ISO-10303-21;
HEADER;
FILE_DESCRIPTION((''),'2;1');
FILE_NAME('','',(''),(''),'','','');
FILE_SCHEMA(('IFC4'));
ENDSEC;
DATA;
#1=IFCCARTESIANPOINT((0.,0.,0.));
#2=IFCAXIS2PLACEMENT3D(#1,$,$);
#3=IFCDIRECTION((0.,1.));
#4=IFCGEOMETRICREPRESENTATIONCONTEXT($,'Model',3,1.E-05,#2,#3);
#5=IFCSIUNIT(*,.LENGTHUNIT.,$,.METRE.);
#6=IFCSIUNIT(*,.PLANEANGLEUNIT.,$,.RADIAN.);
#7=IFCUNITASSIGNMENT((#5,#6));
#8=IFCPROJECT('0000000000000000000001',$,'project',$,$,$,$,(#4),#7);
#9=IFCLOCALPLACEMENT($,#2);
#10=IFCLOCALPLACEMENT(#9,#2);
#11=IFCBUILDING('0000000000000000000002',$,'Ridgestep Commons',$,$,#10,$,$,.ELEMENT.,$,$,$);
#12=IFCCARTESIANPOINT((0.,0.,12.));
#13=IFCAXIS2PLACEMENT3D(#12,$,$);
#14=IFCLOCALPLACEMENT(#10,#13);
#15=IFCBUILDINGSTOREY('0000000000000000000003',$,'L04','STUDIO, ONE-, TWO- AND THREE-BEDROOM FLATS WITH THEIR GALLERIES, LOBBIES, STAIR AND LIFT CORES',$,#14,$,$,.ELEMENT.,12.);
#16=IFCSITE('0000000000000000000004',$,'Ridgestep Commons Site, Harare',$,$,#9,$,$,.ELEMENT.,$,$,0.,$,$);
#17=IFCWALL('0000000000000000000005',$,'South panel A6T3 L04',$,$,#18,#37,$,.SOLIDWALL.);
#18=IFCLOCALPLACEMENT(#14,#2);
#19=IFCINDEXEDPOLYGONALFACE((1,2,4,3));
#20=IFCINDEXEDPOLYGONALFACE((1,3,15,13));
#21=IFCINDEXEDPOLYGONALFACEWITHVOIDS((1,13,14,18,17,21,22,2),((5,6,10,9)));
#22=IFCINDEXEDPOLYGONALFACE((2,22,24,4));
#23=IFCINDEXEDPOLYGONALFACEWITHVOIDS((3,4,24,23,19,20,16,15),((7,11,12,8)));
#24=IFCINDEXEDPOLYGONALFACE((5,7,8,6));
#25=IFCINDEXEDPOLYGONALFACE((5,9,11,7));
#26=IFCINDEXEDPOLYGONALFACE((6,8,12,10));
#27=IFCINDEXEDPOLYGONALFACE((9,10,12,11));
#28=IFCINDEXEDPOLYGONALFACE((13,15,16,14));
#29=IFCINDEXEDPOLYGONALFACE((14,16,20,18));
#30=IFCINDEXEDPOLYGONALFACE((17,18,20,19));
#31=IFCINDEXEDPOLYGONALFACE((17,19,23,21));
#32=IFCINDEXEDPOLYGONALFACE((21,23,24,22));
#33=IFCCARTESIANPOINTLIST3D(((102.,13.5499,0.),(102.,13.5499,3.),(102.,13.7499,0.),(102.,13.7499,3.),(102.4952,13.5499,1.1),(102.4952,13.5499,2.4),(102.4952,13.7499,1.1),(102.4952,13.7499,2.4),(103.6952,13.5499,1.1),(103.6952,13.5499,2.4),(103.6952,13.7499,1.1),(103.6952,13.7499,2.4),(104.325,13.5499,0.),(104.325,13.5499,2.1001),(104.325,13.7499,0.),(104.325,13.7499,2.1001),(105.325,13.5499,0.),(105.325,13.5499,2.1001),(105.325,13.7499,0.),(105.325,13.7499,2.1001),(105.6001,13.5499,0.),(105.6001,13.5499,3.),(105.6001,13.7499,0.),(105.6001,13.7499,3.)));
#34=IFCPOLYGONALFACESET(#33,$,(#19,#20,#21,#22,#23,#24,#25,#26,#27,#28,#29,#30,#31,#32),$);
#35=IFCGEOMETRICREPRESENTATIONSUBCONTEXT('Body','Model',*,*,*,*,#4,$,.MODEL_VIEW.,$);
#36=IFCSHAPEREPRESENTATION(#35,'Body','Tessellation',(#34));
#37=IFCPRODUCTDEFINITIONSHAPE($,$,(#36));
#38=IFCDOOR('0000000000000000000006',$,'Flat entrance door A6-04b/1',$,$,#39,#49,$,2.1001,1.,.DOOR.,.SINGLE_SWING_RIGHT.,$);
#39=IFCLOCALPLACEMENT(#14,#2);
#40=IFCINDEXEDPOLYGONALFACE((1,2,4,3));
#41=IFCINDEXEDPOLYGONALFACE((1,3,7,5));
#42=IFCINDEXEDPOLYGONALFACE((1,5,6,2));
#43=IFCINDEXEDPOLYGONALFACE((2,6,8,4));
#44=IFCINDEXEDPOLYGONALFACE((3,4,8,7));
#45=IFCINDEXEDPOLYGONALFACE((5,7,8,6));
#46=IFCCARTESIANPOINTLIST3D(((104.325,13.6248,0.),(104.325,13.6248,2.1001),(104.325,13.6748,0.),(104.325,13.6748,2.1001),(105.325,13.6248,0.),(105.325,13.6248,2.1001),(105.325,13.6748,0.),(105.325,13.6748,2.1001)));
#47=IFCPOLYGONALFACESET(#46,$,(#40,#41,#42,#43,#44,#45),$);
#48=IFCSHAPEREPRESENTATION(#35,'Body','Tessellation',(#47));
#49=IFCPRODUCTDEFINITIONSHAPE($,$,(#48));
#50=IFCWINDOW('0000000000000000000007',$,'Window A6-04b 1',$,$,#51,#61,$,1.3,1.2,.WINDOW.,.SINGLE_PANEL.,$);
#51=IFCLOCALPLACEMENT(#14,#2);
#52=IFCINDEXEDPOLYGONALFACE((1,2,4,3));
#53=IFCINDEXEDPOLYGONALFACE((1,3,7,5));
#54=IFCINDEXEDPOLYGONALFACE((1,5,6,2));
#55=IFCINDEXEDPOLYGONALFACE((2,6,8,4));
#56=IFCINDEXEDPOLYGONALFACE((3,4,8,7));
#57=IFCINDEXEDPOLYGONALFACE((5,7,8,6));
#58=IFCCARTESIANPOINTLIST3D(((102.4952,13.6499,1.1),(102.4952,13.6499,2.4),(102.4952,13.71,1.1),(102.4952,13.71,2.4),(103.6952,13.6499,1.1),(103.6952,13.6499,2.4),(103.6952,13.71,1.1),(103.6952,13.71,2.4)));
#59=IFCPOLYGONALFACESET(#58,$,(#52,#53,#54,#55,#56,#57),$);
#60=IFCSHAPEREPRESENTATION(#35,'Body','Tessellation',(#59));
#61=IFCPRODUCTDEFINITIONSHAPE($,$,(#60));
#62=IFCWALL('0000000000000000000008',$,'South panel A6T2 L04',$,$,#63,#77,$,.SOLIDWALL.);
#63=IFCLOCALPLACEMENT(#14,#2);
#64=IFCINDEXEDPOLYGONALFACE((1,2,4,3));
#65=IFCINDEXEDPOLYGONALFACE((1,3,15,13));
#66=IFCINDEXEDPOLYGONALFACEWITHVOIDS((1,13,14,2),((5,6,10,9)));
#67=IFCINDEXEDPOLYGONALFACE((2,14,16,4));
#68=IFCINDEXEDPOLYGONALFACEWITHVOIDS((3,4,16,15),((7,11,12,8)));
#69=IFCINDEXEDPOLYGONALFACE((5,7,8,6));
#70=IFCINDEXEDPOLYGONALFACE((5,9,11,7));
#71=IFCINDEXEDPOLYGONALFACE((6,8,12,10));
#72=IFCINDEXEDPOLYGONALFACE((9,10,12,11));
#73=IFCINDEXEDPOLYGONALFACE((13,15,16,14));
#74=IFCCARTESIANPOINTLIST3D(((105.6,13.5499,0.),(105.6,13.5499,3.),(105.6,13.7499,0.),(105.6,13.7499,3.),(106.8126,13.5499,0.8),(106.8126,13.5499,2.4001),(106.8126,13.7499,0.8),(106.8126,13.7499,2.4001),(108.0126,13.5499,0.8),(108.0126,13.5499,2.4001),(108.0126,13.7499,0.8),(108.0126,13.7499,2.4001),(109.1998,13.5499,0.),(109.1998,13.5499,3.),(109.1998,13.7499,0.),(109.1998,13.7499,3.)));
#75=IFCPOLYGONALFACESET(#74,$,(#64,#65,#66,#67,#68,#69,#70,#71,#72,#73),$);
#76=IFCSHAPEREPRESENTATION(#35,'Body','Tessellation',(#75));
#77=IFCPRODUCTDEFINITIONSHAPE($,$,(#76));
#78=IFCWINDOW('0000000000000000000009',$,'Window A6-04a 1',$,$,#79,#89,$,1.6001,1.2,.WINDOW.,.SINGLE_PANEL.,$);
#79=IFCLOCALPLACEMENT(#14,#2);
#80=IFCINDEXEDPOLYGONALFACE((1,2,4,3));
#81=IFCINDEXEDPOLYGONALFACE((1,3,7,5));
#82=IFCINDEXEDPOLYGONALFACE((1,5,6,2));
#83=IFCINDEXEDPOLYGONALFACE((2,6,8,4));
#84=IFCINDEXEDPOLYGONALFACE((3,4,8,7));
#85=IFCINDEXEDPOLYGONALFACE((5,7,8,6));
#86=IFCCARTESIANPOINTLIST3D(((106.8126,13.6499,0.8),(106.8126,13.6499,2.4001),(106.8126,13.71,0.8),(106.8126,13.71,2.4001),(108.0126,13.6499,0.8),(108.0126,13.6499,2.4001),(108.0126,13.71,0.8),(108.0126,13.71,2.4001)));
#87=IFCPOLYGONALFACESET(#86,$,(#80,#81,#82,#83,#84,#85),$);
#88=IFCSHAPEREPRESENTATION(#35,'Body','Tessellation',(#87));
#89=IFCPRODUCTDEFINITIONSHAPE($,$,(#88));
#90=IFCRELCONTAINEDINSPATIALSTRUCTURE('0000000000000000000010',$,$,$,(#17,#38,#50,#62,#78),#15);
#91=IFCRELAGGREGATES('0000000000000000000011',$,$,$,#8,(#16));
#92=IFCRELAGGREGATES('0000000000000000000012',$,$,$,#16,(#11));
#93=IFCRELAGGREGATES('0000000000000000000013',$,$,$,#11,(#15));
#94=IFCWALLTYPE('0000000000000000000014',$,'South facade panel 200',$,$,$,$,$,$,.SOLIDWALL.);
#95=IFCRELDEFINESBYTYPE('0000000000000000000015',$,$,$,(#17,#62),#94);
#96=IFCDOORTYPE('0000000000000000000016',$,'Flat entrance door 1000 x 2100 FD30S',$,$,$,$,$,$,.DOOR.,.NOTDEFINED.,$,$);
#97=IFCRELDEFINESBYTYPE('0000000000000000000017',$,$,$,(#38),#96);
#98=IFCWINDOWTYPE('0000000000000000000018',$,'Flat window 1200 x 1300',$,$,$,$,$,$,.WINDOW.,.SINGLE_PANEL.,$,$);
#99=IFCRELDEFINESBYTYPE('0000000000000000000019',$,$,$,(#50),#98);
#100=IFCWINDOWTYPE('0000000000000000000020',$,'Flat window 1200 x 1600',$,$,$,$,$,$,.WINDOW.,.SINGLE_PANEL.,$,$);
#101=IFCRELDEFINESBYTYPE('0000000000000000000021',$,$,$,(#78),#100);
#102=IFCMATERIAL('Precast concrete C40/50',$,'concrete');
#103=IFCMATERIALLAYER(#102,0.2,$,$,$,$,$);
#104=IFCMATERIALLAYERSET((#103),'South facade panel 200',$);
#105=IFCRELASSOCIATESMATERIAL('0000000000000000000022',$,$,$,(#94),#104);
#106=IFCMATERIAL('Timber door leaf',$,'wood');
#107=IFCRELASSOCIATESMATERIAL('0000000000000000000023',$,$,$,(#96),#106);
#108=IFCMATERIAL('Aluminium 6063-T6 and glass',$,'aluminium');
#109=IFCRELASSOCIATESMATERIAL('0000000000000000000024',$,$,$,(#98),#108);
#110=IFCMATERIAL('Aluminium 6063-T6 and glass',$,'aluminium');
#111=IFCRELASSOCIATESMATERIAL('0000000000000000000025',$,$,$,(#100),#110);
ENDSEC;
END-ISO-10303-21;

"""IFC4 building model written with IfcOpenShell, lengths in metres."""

from ifc_helpers import new_model, si_unit, direction, frame, frame_2d, origin, place, context, subcontext, project, spatial, rectangle, extrude, material, layer, layer_set, type_object, element, fill, save


model = new_model("IFC4")

# Units and contexts
model_context = context("Model", 3, precision=1e-05, world=origin(), true_north=direction((0.0, 1.0)))
body_context = subcontext(model_context, "Body", "Model", "MODEL_VIEW")
ifc_project = project(units=[si_unit("LENGTHUNIT", "METRE"), si_unit("PLANEANGLEUNIT", "RADIAN")], contexts=[model_context])

# Site, building, storey
site_placement = place(None, origin())
site = spatial("IfcSite", under=ifc_project, at=site_placement, Name="Ridgestep Commons Site, Harare", CompositionType="ELEMENT", RefElevation=0.0)
building_placement = place(site_placement, origin())
building = spatial("IfcBuilding", under=site, at=building_placement, Name="Ridgestep Commons", CompositionType="ELEMENT")
storey_placement = place(building_placement, frame((0.0, 0.0, 12.0)))
storey = spatial("IfcBuildingStorey", under=building, at=storey_placement, Name="L04", Description="STUDIO, ONE-, TWO- AND THREE-BEDROOM FLATS WITH THEIR GALLERIES, LOBBIES, STAIR AND LIFT CORES", CompositionType="ELEMENT", Elevation=12.0)

# Wall, openings, door, window
ifc_material_1 = material(Name="Precast concrete C40/50", Category="concrete")
ifc_layer_1 = layer(ifc_material_1, 0.2)
ifc_layer_set_1 = layer_set([ifc_layer_1], Name="South facade panel 200")
wall_type_1 = type_object("IfcWallType", Name="South facade panel 200", PredefinedType="SOLIDWALL", material=ifc_layer_set_1)
wall_1_placement = place(storey_placement, frame((102.0, 13.6499, 0.0), z_axis=(0.0, 0.0, 1.0), x_axis=(1.0, 0.0, 0.0)))
wall_1 = element("IfcWall", 1, at=wall_1_placement, inside=storey, type_object=wall_type_1, Name="South panel A6T3 L04", PredefinedType="SOLIDWALL", context=body_context, shape_type="SweptSolid", body=[
    extrude(rectangle(XDim=3.6001, YDim=0.2, at=frame_2d((1.8, 0.0))), origin(), (0.0, 0.0, 1.0), 3.0),
])
opening_1_placement = place(wall_1_placement, frame((0.4951, 0.0, 1.1001)))
opening_1 = element("IfcOpeningElement", 2, at=opening_1_placement, cuts=wall_1, PredefinedType="OPENING", context=body_context, shape_type="SweptSolid", body=[
    extrude(rectangle(XDim=1.2, YDim=1.3, at=frame_2d((0.6001, 0.6499))), frame((0.0, 0.1099, 0.0), z_axis=(0.0, -1.0, 0.0), x_axis=(1.0, 0.0, 0.0)), (0.0, 0.0, 1.0), 0.22),
])
opening_2_placement = place(wall_1_placement, frame((2.325, 0.0, 0.0)))
opening_2 = element("IfcOpeningElement", 3, at=opening_2_placement, cuts=wall_1, PredefinedType="OPENING", context=body_context, shape_type="SweptSolid", body=[
    extrude(rectangle(XDim=1.0, YDim=2.1001, at=frame_2d((0.5, 1.05))), frame((0.0, 0.1099, 0.0), z_axis=(0.0, -1.0, 0.0), x_axis=(1.0, 0.0, 0.0)), (0.0, 0.0, 1.0), 0.22),
])
ifc_material_2 = material(Name="Timber door leaf", Category="wood")
door_type_1 = type_object("IfcDoorType", Name="Flat entrance door 1000 x 2100 FD30S", OperationType="NOTDEFINED", PredefinedType="DOOR", material=ifc_material_2)
door_1_placement = place(opening_2_placement, origin())
door_1 = element("IfcDoor", 4, at=door_1_placement, inside=storey, type_object=door_type_1, Name="Flat entrance door A6-04b/1", OperationType="SINGLE_SWING_RIGHT", OverallHeight=2.1001, OverallWidth=1.0, PredefinedType="DOOR", context=body_context, shape_type="SweptSolid", body=[
    extrude(rectangle(XDim=1.0, YDim=2.1001, at=frame_2d((0.5, 1.05))), frame((0.0, 0.0249, 0.0), z_axis=(0.0, -1.0, 0.0), x_axis=(1.0, 0.0, 0.0)), (0.0, 0.0, 1.0), 0.05),
])
fill(opening_2, door_1)
ifc_material_3 = material(Name="Aluminium 6063-T6 and glass", Category="aluminium")
window_type_1 = type_object("IfcWindowType", Name="Flat window 1200 x 1300", PartitioningType="SINGLE_PANEL", PredefinedType="WINDOW", material=ifc_material_3)
window_1_placement = place(opening_1_placement, origin())
window_1 = element("IfcWindow", 5, at=window_1_placement, inside=storey, type_object=window_type_1, Name="Window A6-04b 1", OverallHeight=1.3, OverallWidth=1.2, PartitioningType="SINGLE_PANEL", PredefinedType="WINDOW", context=body_context, shape_type="SweptSolid", body=[
    extrude(rectangle(XDim=1.2, YDim=1.3, at=frame_2d((0.6001, 0.6499))), frame((0.0, 0.0601, 0.0), z_axis=(0.0, -1.0, 0.0), x_axis=(1.0, 0.0, 0.0)), (0.0, 0.0, 1.0), 0.0601),
])
fill(opening_1, window_1)

# Wall, opening, window
wall_2_placement = place(storey_placement, frame((105.6001, 13.6499, 0.0), z_axis=(0.0, 0.0, 1.0), x_axis=(1.0, 0.0, 0.0)))
wall_2 = element("IfcWall", 6, at=wall_2_placement, inside=storey, type_object=wall_type_1, Name="South panel A6T2 L04", PredefinedType="SOLIDWALL", context=body_context, shape_type="SweptSolid", body=[
    extrude(rectangle(XDim=3.5999, YDim=0.2, at=frame_2d((1.7998, 0.0))), origin(), (0.0, 0.0, 1.0), 3.0),
])
opening_3_placement = place(wall_2_placement, frame((1.2124, 0.0, 0.8)))
opening_3 = element("IfcOpeningElement", 7, at=opening_3_placement, cuts=wall_2, PredefinedType="OPENING", context=body_context, shape_type="SweptSolid", body=[
    extrude(rectangle(XDim=1.2, YDim=1.6001, at=frame_2d((0.6001, 0.8))), frame((0.0, 0.1099, 0.0), z_axis=(0.0, -1.0, 0.0), x_axis=(1.0, 0.0, 0.0)), (0.0, 0.0, 1.0), 0.22),
])
ifc_material_4 = material(Name="Aluminium 6063-T6 and glass", Category="aluminium")
window_type_2 = type_object("IfcWindowType", Name="Flat window 1200 x 1600", PartitioningType="SINGLE_PANEL", PredefinedType="WINDOW", material=ifc_material_4)
window_2_placement = place(opening_3_placement, origin())
window_2 = element("IfcWindow", 8, at=window_2_placement, inside=storey, type_object=window_type_2, Name="Window A6-04a 1", OverallHeight=1.6001, OverallWidth=1.2, PartitioningType="SINGLE_PANEL", PredefinedType="WINDOW", context=body_context, shape_type="SweptSolid", body=[
    extrude(rectangle(XDim=1.2, YDim=1.6001, at=frame_2d((0.6001, 0.8))), frame((0.0, 0.0601, 0.0), z_axis=(0.0, -1.0, 0.0), x_axis=(1.0, 0.0, 0.0)), (0.0, 0.0, 1.0), 0.0601),
])
fill(opening_3, window_2)

save(model, "model.ifc")
